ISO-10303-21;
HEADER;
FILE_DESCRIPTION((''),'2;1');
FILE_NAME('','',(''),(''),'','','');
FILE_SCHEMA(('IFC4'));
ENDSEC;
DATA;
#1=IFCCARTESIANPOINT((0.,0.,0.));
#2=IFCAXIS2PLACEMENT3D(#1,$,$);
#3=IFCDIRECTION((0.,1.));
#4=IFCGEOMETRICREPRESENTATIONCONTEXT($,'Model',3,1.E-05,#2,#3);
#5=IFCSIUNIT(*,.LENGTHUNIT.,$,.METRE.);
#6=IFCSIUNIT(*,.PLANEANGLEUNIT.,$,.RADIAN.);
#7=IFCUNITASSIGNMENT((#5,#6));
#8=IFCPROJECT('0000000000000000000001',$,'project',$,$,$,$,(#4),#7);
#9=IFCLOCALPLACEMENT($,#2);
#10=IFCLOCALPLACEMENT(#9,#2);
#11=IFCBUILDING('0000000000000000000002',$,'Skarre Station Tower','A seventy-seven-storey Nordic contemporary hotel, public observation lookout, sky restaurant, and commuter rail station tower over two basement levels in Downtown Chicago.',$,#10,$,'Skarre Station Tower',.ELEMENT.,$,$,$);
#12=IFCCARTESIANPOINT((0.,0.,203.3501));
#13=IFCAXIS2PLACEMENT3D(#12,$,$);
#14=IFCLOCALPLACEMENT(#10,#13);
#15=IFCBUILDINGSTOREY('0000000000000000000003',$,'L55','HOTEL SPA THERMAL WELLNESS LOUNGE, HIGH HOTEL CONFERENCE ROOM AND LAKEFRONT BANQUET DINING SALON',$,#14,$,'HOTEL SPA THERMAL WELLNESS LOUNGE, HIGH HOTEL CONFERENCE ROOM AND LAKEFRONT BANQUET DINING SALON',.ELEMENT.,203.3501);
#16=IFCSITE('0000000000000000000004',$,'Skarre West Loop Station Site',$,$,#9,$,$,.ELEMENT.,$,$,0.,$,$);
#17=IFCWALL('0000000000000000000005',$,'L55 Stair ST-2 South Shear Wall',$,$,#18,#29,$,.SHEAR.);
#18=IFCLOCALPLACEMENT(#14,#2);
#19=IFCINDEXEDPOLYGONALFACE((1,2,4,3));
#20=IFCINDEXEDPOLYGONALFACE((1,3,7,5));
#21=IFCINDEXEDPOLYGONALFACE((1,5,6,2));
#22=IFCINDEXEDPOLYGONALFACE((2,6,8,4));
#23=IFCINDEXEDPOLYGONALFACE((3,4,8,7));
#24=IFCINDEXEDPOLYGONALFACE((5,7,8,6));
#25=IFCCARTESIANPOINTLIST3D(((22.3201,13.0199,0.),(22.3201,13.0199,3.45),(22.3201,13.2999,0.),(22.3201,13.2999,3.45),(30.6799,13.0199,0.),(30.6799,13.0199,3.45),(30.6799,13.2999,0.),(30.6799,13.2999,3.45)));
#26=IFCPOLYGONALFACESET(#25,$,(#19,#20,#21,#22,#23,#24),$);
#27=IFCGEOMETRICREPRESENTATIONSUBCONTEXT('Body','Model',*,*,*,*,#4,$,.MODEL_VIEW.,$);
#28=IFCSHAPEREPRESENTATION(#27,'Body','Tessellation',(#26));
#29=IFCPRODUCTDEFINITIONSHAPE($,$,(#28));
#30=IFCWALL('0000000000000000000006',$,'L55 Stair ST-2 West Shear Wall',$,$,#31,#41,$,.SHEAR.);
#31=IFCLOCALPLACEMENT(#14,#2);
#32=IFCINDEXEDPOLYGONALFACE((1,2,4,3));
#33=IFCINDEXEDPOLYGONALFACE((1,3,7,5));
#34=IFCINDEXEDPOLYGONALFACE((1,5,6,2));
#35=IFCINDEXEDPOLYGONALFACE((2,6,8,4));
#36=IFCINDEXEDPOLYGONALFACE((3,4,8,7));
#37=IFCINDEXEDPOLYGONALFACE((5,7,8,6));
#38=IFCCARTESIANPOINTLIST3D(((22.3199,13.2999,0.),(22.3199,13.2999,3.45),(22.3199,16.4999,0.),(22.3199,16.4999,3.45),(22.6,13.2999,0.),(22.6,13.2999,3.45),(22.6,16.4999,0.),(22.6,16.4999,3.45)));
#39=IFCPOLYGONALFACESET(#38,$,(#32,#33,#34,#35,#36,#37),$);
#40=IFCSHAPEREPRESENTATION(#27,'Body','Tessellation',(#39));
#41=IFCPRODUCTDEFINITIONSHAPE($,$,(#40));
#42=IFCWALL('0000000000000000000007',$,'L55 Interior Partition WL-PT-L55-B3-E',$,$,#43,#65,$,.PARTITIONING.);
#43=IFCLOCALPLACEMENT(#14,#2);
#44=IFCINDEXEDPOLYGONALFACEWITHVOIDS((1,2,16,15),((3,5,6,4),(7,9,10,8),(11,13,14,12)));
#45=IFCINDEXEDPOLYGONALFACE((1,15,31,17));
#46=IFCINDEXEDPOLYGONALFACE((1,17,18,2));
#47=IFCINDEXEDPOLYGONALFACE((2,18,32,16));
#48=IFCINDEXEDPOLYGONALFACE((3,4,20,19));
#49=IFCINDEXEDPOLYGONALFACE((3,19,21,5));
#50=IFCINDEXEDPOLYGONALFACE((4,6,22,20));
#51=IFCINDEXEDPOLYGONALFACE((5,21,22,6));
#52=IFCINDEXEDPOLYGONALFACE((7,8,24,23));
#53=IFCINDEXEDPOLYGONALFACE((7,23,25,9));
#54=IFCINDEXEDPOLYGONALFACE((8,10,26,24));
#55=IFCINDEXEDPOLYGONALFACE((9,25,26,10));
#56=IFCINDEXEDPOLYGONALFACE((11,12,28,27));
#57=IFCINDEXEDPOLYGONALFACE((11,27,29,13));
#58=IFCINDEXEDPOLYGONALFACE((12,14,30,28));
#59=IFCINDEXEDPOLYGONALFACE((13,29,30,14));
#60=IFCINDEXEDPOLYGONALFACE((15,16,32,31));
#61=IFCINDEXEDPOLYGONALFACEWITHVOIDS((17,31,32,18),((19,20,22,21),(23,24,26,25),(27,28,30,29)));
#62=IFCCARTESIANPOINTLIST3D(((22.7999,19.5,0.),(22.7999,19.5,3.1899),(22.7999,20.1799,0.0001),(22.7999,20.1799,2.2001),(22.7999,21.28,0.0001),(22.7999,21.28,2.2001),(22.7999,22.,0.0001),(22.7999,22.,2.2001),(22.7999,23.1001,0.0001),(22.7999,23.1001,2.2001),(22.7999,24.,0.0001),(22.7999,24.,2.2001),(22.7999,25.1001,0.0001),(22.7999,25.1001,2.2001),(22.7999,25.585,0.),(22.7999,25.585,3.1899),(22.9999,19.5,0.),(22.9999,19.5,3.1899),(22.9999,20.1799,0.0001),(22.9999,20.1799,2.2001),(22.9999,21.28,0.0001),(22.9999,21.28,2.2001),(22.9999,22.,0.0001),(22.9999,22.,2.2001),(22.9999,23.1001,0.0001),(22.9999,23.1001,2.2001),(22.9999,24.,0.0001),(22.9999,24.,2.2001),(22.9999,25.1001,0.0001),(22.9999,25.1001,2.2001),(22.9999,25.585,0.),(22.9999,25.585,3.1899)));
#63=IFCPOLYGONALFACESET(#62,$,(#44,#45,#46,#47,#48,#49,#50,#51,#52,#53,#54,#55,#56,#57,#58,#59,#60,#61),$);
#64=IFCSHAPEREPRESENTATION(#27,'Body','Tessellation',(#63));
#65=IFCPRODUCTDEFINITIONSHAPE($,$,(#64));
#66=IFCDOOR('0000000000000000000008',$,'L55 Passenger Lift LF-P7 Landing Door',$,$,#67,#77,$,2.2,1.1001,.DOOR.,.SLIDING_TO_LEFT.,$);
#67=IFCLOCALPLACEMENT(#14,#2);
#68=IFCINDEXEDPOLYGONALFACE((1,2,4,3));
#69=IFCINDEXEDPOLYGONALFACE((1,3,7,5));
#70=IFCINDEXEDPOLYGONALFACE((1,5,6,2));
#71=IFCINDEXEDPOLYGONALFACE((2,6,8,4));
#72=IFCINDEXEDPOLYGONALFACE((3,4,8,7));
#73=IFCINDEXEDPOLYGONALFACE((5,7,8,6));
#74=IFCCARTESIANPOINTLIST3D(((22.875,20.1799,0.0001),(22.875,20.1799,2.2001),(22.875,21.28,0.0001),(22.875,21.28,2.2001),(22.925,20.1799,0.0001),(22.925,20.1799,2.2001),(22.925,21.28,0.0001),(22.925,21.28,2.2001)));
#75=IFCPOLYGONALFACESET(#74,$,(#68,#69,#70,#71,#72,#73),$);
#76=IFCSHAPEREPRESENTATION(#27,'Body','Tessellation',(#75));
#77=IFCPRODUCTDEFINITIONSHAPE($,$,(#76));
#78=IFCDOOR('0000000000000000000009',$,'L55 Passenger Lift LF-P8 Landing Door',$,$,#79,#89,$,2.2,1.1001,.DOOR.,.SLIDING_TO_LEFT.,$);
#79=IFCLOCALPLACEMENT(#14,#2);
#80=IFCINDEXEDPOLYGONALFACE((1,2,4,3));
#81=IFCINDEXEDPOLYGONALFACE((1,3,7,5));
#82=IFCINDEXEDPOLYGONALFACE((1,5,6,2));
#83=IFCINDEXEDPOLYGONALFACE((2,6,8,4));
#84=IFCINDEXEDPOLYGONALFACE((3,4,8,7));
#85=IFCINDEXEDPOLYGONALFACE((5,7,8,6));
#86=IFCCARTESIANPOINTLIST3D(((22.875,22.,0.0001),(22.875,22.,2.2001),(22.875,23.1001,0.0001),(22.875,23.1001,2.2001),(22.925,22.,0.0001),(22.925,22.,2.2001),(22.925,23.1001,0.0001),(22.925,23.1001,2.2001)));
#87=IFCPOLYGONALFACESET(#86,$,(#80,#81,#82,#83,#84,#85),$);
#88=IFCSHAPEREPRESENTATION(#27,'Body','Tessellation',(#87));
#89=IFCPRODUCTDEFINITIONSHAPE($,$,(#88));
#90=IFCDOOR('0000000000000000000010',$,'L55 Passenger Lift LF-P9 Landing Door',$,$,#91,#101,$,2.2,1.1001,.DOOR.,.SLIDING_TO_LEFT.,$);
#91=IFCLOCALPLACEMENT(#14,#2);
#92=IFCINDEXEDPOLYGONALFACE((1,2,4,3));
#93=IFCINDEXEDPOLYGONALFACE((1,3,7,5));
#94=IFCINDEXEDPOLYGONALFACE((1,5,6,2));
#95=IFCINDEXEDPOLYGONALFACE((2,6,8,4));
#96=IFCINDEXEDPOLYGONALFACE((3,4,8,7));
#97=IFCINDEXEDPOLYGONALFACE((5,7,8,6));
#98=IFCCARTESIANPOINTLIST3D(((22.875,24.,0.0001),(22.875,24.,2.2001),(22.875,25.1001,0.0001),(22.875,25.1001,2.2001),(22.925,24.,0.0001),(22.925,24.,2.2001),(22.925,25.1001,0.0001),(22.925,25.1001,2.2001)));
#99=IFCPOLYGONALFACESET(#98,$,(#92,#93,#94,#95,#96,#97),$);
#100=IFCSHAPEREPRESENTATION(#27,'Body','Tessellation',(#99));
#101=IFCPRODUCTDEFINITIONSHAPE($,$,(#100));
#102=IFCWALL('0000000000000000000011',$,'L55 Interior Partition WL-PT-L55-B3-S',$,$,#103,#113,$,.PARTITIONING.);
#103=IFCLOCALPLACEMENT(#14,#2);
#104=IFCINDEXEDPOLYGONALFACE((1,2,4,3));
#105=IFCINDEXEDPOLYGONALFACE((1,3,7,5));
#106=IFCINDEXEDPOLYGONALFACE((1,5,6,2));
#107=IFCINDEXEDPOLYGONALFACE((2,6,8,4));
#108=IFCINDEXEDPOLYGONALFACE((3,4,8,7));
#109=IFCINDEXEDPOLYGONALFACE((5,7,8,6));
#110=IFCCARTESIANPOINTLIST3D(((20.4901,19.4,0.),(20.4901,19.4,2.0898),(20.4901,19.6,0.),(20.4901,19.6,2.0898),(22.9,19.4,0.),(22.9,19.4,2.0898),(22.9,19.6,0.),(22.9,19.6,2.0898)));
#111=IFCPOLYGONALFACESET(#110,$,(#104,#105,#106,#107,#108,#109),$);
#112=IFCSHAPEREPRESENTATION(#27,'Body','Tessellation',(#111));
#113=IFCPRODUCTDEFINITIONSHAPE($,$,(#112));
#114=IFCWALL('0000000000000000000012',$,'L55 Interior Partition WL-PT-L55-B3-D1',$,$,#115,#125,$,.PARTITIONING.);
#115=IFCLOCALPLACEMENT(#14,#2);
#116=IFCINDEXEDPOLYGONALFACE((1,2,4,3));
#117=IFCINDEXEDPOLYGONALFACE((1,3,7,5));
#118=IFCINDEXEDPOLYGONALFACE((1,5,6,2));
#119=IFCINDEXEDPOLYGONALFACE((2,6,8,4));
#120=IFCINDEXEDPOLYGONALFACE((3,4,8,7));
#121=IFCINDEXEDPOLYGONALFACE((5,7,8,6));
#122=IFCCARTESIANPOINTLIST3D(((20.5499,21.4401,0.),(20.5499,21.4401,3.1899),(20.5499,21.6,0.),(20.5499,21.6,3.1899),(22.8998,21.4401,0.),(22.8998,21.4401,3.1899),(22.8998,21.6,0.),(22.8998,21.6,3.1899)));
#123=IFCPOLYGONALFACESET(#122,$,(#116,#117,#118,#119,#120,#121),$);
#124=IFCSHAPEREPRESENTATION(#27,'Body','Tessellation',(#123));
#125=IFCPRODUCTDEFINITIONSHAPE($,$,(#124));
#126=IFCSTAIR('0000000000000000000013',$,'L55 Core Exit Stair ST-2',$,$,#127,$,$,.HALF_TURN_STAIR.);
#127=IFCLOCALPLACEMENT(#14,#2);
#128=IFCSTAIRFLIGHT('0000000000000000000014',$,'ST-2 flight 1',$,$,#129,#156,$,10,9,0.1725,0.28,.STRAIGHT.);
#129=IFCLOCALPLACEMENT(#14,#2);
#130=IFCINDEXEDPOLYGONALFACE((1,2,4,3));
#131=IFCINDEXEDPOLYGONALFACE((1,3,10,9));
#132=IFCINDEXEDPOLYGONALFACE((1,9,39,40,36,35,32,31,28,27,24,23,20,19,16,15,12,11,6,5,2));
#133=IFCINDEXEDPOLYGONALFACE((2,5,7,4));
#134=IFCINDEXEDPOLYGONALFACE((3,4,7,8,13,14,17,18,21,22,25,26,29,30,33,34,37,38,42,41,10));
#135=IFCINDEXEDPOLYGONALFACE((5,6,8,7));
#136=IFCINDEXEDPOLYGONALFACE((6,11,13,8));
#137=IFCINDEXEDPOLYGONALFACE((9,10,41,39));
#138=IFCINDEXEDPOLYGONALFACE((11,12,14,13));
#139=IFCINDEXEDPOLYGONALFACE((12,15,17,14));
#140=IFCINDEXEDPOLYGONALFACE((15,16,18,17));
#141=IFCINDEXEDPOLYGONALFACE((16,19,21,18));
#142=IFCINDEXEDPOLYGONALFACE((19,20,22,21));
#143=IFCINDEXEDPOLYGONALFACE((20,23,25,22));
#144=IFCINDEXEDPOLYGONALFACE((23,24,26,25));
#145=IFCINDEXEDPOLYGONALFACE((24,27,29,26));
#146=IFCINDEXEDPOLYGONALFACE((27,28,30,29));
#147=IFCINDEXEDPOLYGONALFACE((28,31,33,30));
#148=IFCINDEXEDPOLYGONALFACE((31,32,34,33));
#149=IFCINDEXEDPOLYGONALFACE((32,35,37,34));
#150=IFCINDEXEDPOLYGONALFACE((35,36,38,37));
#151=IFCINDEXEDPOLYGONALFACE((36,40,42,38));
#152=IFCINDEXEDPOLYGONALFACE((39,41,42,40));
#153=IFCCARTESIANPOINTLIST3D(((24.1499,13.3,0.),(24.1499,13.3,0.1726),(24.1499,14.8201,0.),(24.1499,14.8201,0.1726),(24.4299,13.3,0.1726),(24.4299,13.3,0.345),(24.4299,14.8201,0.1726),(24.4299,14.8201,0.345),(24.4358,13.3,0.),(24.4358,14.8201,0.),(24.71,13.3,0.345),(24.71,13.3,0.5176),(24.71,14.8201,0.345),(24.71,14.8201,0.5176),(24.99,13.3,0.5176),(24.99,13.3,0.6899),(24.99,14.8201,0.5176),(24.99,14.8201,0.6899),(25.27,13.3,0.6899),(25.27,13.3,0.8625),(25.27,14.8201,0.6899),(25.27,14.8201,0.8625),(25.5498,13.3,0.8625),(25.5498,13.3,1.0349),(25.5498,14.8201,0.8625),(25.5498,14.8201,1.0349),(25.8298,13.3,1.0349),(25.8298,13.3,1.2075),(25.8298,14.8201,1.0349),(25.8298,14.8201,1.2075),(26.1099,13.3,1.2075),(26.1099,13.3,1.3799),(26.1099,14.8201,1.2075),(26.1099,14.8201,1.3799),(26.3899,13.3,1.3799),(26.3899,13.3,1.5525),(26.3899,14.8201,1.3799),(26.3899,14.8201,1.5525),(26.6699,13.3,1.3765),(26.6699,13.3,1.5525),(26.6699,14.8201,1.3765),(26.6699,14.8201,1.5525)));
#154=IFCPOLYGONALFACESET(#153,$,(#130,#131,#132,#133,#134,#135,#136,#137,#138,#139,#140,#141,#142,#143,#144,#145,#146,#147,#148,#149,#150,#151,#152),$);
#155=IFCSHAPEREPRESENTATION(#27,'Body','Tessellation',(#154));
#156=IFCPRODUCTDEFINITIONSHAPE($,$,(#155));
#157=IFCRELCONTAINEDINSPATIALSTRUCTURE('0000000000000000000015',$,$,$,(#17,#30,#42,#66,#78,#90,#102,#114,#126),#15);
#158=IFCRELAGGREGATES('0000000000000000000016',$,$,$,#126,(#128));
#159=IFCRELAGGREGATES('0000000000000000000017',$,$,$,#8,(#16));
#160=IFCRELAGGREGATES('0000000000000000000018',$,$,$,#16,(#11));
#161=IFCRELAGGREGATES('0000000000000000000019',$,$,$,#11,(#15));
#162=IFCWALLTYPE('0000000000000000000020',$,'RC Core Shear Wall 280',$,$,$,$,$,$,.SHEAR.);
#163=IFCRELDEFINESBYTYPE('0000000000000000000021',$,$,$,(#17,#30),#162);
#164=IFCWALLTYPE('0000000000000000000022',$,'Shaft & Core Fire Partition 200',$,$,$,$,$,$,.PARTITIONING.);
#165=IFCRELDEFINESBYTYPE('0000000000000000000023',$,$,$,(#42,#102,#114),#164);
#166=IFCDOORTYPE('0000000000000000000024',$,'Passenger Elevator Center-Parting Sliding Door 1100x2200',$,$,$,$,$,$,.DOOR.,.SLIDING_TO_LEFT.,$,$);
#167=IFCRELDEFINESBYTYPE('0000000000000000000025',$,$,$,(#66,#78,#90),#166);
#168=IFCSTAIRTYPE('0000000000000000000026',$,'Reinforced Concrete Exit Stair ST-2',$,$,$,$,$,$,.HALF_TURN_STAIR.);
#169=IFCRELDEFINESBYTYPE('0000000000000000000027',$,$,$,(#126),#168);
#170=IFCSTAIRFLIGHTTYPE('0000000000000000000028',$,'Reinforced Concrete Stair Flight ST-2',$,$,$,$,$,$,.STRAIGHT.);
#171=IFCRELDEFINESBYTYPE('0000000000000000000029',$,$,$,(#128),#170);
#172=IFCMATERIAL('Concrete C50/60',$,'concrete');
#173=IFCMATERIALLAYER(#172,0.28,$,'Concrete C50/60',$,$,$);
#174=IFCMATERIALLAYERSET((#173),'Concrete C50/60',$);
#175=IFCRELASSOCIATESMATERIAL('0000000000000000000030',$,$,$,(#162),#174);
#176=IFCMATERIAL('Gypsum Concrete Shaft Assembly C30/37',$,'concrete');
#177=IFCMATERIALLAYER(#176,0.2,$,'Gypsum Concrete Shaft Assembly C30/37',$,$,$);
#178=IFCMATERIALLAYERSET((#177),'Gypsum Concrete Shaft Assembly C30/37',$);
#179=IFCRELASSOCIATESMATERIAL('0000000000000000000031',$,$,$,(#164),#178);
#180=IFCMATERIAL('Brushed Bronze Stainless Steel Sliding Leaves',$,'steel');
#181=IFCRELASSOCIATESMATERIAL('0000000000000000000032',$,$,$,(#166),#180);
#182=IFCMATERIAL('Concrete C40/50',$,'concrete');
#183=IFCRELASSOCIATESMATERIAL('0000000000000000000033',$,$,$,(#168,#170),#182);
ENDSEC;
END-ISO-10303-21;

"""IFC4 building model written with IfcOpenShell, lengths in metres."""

from ifc_helpers import new_model, si_unit, direction, frame, frame_2d, origin, place, context, subcontext, project, spatial, polyline, rectangle, outline, extrude, material, layer, layer_set, type_object, element, fill, aggregate, save


model = new_model("IFC4")

# Units and contexts
model_context = context("Model", 3, precision=1e-05, world=origin(), true_north=direction((0.0, 1.0)))
body_context = subcontext(model_context, "Body", "Model", "MODEL_VIEW")
ifc_project = project(units=[si_unit("LENGTHUNIT", "METRE"), si_unit("PLANEANGLEUNIT", "RADIAN")], contexts=[model_context])

# Site, building, storey
site_placement = place(None, origin())
site = spatial("IfcSite", under=ifc_project, at=site_placement, Name="Skarre West Loop Station Site", CompositionType="ELEMENT", RefElevation=0.0)
building_placement = place(site_placement, origin())
building = spatial("IfcBuilding", under=site, at=building_placement, Name="Skarre Station Tower", Description="A seventy-seven-storey Nordic contemporary hotel, public observation lookout, sky restaurant, and commuter rail station tower over two basement levels in Downtown Chicago.", LongName="Skarre Station Tower", CompositionType="ELEMENT")
storey_placement = place(building_placement, frame((0.0, 0.0, 203.3501)))
storey = spatial("IfcBuildingStorey", under=building, at=storey_placement, Name="L55", Description="HOTEL SPA THERMAL WELLNESS LOUNGE, HIGH HOTEL CONFERENCE ROOM AND LAKEFRONT BANQUET DINING SALON", LongName="HOTEL SPA THERMAL WELLNESS LOUNGE, HIGH HOTEL CONFERENCE ROOM AND LAKEFRONT BANQUET DINING SALON", CompositionType="ELEMENT", Elevation=203.3501)

# Shared definitions
ifc_material_1 = material(Name="Concrete C50/60", Category="concrete")

# Shared definitions
ifc_layer_1 = layer(ifc_material_1, 0.28, Name="Concrete C50/60")
ifc_layer_set_1 = layer_set([ifc_layer_1], Name="Concrete C50/60")
wall_type_1 = type_object("IfcWallType", Name="RC Core Shear Wall 280", PredefinedType="SHEAR", material=ifc_layer_set_1)

# Walls
wall_1_placement = place(storey_placement, frame((22.3201, 13.1599, 0.0), z_axis=(0.0, 0.0, 1.0), x_axis=(1.0, 0.0, 0.0)))
element("IfcWall", 1, at=wall_1_placement, inside=storey, type_object=wall_type_1, Name="L55 Stair ST-2 South Shear Wall", PredefinedType="SHEAR", context=body_context, shape_type="SweptSolid", body=[
    extrude(rectangle(XDim=8.3599, YDim=0.28, at=frame_2d((4.1799, 0.0))), origin(), (0.0, 0.0, 1.0), 3.45),
])
wall_2_placement = place(storey_placement, frame((22.46, 16.5, 0.0), z_axis=(0.0, 0.0, 1.0), x_axis=(0.0, -1.0, 0.0)))
element("IfcWall", 2, at=wall_2_placement, inside=storey, type_object=wall_type_1, Name="L55 Stair ST-2 West Shear Wall", PredefinedType="SHEAR", context=body_context, shape_type="SweptSolid", body=[
    extrude(rectangle(XDim=3.2, YDim=0.28, at=frame_2d((1.6001, 0.0))), origin(), (0.0, 0.0, 1.0), 3.45),
])

# Wall, openings, doors
ifc_material_2 = material(Name="Gypsum Concrete Shaft Assembly C30/37", Category="concrete")
ifc_layer_2 = layer(ifc_material_2, 0.2, Name="Gypsum Concrete Shaft Assembly C30/37")
ifc_layer_set_2 = layer_set([ifc_layer_2], Name="Gypsum Concrete Shaft Assembly C30/37")
wall_type_2 = type_object("IfcWallType", Name="Shaft & Core Fire Partition 200", PredefinedType="PARTITIONING", material=ifc_layer_set_2)
wall_3_placement = place(storey_placement, frame((22.8999, 19.5, 0.0), z_axis=(0.0, 0.0, 1.0), x_axis=(0.0, 1.0, 0.0)))
wall_3 = element("IfcWall", 3, at=wall_3_placement, inside=storey, type_object=wall_type_2, Name="L55 Interior Partition WL-PT-L55-B3-E", PredefinedType="PARTITIONING", context=body_context, shape_type="SweptSolid", body=[
    extrude(rectangle(XDim=6.085, YDim=0.2, at=frame_2d((3.0425, 0.0))), origin(), (0.0, 0.0, 1.0), 3.1899),
])
opening_1_placement = place(wall_3_placement, frame((0.6799, 0.0, 0.0)))
opening_1 = element("IfcOpeningElement", 4, at=opening_1_placement, cuts=wall_3, PredefinedType="OPENING", context=body_context, shape_type="SweptSolid", body=[
    extrude(rectangle(XDim=1.1001, YDim=2.2, at=frame_2d((0.55, 1.1001))), frame((0.0, 0.1099, 0.0), z_axis=(0.0, -1.0, 0.0), x_axis=(1.0, 0.0, 0.0)), (0.0, 0.0, 1.0), 0.22),
])
opening_2_placement = place(wall_3_placement, frame((2.5, 0.0, 0.0)))
opening_2 = element("IfcOpeningElement", 5, at=opening_2_placement, cuts=wall_3, PredefinedType="OPENING", context=body_context, shape_type="SweptSolid", body=[
    extrude(rectangle(XDim=1.1001, YDim=2.2, at=frame_2d((0.55, 1.1001))), frame((0.0, 0.1099, 0.0), z_axis=(0.0, -1.0, 0.0), x_axis=(1.0, 0.0, 0.0)), (0.0, 0.0, 1.0), 0.22),
])
opening_3_placement = place(wall_3_placement, frame((4.5, 0.0, 0.0)))
opening_3 = element("IfcOpeningElement", 6, at=opening_3_placement, cuts=wall_3, PredefinedType="OPENING", context=body_context, shape_type="SweptSolid", body=[
    extrude(rectangle(XDim=1.1001, YDim=2.2, at=frame_2d((0.55, 1.1001))), frame((0.0, 0.1099, 0.0), z_axis=(0.0, -1.0, 0.0), x_axis=(1.0, 0.0, 0.0)), (0.0, 0.0, 1.0), 0.22),
])
ifc_material_3 = material(Name="Brushed Bronze Stainless Steel Sliding Leaves", Category="steel")
door_type_1 = type_object("IfcDoorType", Name="Passenger Elevator Center-Parting Sliding Door 1100x2200", OperationType="SLIDING_TO_LEFT", PredefinedType="DOOR", material=ifc_material_3)
door_1_placement = place(opening_1_placement, origin())
door_1 = element("IfcDoor", 7, at=door_1_placement, inside=storey, type_object=door_type_1, Name="L55 Passenger Lift LF-P7 Landing Door", OperationType="SLIDING_TO_LEFT", OverallHeight=2.2, OverallWidth=1.1001, PredefinedType="DOOR", context=body_context, shape_type="SweptSolid", body=[
    extrude(rectangle(XDim=1.1001, YDim=2.2, at=frame_2d((0.55, 1.1001))), frame((0.0, 0.0249, 0.0), z_axis=(0.0, -1.0, 0.0), x_axis=(1.0, 0.0, 0.0)), (0.0, 0.0, 1.0), 0.05),
])
fill(opening_1, door_1)
door_2_placement = place(opening_2_placement, origin())
door_2 = element("IfcDoor", 8, at=door_2_placement, inside=storey, type_object=door_type_1, Name="L55 Passenger Lift LF-P8 Landing Door", OperationType="SLIDING_TO_LEFT", OverallHeight=2.2, OverallWidth=1.1001, PredefinedType="DOOR", context=body_context, shape_type="SweptSolid", body=[
    extrude(rectangle(XDim=1.1001, YDim=2.2, at=frame_2d((0.55, 1.1001))), frame((0.0, 0.0249, 0.0), z_axis=(0.0, -1.0, 0.0), x_axis=(1.0, 0.0, 0.0)), (0.0, 0.0, 1.0), 0.05),
])
fill(opening_2, door_2)
door_3_placement = place(opening_3_placement, origin())
door_3 = element("IfcDoor", 9, at=door_3_placement, inside=storey, type_object=door_type_1, Name="L55 Passenger Lift LF-P9 Landing Door", OperationType="SLIDING_TO_LEFT", OverallHeight=2.2, OverallWidth=1.1001, PredefinedType="DOOR", context=body_context, shape_type="SweptSolid", body=[
    extrude(rectangle(XDim=1.1001, YDim=2.2, at=frame_2d((0.55, 1.1001))), frame((0.0, 0.0249, 0.0), z_axis=(0.0, -1.0, 0.0), x_axis=(1.0, 0.0, 0.0)), (0.0, 0.0, 1.0), 0.05),
])
fill(opening_3, door_3)

# Walls
wall_4_placement = place(storey_placement, frame((20.49, 19.5, 0.0), z_axis=(0.0, 0.0, 1.0), x_axis=(1.0, 0.0, 0.0)))
element("IfcWall", 10, at=wall_4_placement, inside=storey, type_object=wall_type_2, Name="L55 Interior Partition WL-PT-L55-B3-S", PredefinedType="PARTITIONING", context=body_context, shape_type="SweptSolid", body=[
    extrude(rectangle(XDim=2.4099, YDim=0.2, at=frame_2d((1.2051, 0.0))), origin(), (0.0, 0.0, 1.0), 2.0898),
])
wall_5_placement = place(storey_placement, frame((20.55, 21.52, 0.0), z_axis=(0.0, 0.0, 1.0), x_axis=(1.0, 0.0, 0.0)))
element("IfcWall", 11, at=wall_5_placement, inside=storey, type_object=wall_type_2, Name="L55 Interior Partition WL-PT-L55-B3-D1", PredefinedType="PARTITIONING", context=body_context, shape_type="SweptSolid", body=[
    extrude(rectangle(XDim=2.3499, YDim=0.1599, at=frame_2d((1.1748, 0.0))), origin(), (0.0, 0.0, 1.0), 3.1899),
])

# Stair, stair flight
ifc_material_4 = material(Name="Concrete C40/50", Category="concrete")
stair_type = type_object("IfcStairType", Name="Reinforced Concrete Exit Stair ST-2", PredefinedType="HALF_TURN_STAIR", material=ifc_material_4)
stair_placement = place(storey_placement, origin())
stair = element("IfcStair", 12, at=stair_placement, inside=storey, type_object=stair_type, Name="L55 Core Exit Stair ST-2", PredefinedType="HALF_TURN_STAIR")
stair_flight_type = type_object("IfcStairFlightType", Name="Reinforced Concrete Stair Flight ST-2", PredefinedType="STRAIGHT", material=ifc_material_4)
stair_flight_1_placement = place(storey_placement, frame((24.1499, 14.0601, 0.0), z_axis=(0.0, 0.0, 1.0), x_axis=(1.0, 0.0, 0.0)))
stair_flight_1 = element("IfcStairFlight", 13, at=stair_flight_1_placement, type_object=stair_flight_type, Name="ST-2 flight 1", NumberOfRisers=10, NumberOfTreads=9, PredefinedType="STRAIGHT", RiserHeight=0.1725, TreadLength=0.28, context=body_context, shape_type="SweptSolid", body=[
    extrude(outline(polyline([(0.0, 0.0), (0.0, 0.1726), (0.28, 0.1726), (0.28, 0.345), (0.5601, 0.345), (0.5601, 0.5176), (0.8401, 0.5176), (0.8401, 0.6899), (1.1201, 0.6899), (1.1201, 0.8625), (1.3999, 0.8625), (1.3999, 1.0349), (1.6799, 1.0349), (1.6799, 1.2075), (1.96, 1.2075), (1.96, 1.3799), (2.24, 1.3799), (2.24, 1.5525), (2.52, 1.5525), (2.52, 1.7251), (2.52, 1.3765), (0.2859, 0.0), (0.0, 0.0)])), frame((0.0, 0.76, 0.0), z_axis=(0.0, -1.0, 0.0), x_axis=(1.0, 0.0, 0.0)), (0.0, 0.0, 1.0), 1.52),
])
aggregate(stair, [stair_flight_1])

save(model, "model.ifc")
